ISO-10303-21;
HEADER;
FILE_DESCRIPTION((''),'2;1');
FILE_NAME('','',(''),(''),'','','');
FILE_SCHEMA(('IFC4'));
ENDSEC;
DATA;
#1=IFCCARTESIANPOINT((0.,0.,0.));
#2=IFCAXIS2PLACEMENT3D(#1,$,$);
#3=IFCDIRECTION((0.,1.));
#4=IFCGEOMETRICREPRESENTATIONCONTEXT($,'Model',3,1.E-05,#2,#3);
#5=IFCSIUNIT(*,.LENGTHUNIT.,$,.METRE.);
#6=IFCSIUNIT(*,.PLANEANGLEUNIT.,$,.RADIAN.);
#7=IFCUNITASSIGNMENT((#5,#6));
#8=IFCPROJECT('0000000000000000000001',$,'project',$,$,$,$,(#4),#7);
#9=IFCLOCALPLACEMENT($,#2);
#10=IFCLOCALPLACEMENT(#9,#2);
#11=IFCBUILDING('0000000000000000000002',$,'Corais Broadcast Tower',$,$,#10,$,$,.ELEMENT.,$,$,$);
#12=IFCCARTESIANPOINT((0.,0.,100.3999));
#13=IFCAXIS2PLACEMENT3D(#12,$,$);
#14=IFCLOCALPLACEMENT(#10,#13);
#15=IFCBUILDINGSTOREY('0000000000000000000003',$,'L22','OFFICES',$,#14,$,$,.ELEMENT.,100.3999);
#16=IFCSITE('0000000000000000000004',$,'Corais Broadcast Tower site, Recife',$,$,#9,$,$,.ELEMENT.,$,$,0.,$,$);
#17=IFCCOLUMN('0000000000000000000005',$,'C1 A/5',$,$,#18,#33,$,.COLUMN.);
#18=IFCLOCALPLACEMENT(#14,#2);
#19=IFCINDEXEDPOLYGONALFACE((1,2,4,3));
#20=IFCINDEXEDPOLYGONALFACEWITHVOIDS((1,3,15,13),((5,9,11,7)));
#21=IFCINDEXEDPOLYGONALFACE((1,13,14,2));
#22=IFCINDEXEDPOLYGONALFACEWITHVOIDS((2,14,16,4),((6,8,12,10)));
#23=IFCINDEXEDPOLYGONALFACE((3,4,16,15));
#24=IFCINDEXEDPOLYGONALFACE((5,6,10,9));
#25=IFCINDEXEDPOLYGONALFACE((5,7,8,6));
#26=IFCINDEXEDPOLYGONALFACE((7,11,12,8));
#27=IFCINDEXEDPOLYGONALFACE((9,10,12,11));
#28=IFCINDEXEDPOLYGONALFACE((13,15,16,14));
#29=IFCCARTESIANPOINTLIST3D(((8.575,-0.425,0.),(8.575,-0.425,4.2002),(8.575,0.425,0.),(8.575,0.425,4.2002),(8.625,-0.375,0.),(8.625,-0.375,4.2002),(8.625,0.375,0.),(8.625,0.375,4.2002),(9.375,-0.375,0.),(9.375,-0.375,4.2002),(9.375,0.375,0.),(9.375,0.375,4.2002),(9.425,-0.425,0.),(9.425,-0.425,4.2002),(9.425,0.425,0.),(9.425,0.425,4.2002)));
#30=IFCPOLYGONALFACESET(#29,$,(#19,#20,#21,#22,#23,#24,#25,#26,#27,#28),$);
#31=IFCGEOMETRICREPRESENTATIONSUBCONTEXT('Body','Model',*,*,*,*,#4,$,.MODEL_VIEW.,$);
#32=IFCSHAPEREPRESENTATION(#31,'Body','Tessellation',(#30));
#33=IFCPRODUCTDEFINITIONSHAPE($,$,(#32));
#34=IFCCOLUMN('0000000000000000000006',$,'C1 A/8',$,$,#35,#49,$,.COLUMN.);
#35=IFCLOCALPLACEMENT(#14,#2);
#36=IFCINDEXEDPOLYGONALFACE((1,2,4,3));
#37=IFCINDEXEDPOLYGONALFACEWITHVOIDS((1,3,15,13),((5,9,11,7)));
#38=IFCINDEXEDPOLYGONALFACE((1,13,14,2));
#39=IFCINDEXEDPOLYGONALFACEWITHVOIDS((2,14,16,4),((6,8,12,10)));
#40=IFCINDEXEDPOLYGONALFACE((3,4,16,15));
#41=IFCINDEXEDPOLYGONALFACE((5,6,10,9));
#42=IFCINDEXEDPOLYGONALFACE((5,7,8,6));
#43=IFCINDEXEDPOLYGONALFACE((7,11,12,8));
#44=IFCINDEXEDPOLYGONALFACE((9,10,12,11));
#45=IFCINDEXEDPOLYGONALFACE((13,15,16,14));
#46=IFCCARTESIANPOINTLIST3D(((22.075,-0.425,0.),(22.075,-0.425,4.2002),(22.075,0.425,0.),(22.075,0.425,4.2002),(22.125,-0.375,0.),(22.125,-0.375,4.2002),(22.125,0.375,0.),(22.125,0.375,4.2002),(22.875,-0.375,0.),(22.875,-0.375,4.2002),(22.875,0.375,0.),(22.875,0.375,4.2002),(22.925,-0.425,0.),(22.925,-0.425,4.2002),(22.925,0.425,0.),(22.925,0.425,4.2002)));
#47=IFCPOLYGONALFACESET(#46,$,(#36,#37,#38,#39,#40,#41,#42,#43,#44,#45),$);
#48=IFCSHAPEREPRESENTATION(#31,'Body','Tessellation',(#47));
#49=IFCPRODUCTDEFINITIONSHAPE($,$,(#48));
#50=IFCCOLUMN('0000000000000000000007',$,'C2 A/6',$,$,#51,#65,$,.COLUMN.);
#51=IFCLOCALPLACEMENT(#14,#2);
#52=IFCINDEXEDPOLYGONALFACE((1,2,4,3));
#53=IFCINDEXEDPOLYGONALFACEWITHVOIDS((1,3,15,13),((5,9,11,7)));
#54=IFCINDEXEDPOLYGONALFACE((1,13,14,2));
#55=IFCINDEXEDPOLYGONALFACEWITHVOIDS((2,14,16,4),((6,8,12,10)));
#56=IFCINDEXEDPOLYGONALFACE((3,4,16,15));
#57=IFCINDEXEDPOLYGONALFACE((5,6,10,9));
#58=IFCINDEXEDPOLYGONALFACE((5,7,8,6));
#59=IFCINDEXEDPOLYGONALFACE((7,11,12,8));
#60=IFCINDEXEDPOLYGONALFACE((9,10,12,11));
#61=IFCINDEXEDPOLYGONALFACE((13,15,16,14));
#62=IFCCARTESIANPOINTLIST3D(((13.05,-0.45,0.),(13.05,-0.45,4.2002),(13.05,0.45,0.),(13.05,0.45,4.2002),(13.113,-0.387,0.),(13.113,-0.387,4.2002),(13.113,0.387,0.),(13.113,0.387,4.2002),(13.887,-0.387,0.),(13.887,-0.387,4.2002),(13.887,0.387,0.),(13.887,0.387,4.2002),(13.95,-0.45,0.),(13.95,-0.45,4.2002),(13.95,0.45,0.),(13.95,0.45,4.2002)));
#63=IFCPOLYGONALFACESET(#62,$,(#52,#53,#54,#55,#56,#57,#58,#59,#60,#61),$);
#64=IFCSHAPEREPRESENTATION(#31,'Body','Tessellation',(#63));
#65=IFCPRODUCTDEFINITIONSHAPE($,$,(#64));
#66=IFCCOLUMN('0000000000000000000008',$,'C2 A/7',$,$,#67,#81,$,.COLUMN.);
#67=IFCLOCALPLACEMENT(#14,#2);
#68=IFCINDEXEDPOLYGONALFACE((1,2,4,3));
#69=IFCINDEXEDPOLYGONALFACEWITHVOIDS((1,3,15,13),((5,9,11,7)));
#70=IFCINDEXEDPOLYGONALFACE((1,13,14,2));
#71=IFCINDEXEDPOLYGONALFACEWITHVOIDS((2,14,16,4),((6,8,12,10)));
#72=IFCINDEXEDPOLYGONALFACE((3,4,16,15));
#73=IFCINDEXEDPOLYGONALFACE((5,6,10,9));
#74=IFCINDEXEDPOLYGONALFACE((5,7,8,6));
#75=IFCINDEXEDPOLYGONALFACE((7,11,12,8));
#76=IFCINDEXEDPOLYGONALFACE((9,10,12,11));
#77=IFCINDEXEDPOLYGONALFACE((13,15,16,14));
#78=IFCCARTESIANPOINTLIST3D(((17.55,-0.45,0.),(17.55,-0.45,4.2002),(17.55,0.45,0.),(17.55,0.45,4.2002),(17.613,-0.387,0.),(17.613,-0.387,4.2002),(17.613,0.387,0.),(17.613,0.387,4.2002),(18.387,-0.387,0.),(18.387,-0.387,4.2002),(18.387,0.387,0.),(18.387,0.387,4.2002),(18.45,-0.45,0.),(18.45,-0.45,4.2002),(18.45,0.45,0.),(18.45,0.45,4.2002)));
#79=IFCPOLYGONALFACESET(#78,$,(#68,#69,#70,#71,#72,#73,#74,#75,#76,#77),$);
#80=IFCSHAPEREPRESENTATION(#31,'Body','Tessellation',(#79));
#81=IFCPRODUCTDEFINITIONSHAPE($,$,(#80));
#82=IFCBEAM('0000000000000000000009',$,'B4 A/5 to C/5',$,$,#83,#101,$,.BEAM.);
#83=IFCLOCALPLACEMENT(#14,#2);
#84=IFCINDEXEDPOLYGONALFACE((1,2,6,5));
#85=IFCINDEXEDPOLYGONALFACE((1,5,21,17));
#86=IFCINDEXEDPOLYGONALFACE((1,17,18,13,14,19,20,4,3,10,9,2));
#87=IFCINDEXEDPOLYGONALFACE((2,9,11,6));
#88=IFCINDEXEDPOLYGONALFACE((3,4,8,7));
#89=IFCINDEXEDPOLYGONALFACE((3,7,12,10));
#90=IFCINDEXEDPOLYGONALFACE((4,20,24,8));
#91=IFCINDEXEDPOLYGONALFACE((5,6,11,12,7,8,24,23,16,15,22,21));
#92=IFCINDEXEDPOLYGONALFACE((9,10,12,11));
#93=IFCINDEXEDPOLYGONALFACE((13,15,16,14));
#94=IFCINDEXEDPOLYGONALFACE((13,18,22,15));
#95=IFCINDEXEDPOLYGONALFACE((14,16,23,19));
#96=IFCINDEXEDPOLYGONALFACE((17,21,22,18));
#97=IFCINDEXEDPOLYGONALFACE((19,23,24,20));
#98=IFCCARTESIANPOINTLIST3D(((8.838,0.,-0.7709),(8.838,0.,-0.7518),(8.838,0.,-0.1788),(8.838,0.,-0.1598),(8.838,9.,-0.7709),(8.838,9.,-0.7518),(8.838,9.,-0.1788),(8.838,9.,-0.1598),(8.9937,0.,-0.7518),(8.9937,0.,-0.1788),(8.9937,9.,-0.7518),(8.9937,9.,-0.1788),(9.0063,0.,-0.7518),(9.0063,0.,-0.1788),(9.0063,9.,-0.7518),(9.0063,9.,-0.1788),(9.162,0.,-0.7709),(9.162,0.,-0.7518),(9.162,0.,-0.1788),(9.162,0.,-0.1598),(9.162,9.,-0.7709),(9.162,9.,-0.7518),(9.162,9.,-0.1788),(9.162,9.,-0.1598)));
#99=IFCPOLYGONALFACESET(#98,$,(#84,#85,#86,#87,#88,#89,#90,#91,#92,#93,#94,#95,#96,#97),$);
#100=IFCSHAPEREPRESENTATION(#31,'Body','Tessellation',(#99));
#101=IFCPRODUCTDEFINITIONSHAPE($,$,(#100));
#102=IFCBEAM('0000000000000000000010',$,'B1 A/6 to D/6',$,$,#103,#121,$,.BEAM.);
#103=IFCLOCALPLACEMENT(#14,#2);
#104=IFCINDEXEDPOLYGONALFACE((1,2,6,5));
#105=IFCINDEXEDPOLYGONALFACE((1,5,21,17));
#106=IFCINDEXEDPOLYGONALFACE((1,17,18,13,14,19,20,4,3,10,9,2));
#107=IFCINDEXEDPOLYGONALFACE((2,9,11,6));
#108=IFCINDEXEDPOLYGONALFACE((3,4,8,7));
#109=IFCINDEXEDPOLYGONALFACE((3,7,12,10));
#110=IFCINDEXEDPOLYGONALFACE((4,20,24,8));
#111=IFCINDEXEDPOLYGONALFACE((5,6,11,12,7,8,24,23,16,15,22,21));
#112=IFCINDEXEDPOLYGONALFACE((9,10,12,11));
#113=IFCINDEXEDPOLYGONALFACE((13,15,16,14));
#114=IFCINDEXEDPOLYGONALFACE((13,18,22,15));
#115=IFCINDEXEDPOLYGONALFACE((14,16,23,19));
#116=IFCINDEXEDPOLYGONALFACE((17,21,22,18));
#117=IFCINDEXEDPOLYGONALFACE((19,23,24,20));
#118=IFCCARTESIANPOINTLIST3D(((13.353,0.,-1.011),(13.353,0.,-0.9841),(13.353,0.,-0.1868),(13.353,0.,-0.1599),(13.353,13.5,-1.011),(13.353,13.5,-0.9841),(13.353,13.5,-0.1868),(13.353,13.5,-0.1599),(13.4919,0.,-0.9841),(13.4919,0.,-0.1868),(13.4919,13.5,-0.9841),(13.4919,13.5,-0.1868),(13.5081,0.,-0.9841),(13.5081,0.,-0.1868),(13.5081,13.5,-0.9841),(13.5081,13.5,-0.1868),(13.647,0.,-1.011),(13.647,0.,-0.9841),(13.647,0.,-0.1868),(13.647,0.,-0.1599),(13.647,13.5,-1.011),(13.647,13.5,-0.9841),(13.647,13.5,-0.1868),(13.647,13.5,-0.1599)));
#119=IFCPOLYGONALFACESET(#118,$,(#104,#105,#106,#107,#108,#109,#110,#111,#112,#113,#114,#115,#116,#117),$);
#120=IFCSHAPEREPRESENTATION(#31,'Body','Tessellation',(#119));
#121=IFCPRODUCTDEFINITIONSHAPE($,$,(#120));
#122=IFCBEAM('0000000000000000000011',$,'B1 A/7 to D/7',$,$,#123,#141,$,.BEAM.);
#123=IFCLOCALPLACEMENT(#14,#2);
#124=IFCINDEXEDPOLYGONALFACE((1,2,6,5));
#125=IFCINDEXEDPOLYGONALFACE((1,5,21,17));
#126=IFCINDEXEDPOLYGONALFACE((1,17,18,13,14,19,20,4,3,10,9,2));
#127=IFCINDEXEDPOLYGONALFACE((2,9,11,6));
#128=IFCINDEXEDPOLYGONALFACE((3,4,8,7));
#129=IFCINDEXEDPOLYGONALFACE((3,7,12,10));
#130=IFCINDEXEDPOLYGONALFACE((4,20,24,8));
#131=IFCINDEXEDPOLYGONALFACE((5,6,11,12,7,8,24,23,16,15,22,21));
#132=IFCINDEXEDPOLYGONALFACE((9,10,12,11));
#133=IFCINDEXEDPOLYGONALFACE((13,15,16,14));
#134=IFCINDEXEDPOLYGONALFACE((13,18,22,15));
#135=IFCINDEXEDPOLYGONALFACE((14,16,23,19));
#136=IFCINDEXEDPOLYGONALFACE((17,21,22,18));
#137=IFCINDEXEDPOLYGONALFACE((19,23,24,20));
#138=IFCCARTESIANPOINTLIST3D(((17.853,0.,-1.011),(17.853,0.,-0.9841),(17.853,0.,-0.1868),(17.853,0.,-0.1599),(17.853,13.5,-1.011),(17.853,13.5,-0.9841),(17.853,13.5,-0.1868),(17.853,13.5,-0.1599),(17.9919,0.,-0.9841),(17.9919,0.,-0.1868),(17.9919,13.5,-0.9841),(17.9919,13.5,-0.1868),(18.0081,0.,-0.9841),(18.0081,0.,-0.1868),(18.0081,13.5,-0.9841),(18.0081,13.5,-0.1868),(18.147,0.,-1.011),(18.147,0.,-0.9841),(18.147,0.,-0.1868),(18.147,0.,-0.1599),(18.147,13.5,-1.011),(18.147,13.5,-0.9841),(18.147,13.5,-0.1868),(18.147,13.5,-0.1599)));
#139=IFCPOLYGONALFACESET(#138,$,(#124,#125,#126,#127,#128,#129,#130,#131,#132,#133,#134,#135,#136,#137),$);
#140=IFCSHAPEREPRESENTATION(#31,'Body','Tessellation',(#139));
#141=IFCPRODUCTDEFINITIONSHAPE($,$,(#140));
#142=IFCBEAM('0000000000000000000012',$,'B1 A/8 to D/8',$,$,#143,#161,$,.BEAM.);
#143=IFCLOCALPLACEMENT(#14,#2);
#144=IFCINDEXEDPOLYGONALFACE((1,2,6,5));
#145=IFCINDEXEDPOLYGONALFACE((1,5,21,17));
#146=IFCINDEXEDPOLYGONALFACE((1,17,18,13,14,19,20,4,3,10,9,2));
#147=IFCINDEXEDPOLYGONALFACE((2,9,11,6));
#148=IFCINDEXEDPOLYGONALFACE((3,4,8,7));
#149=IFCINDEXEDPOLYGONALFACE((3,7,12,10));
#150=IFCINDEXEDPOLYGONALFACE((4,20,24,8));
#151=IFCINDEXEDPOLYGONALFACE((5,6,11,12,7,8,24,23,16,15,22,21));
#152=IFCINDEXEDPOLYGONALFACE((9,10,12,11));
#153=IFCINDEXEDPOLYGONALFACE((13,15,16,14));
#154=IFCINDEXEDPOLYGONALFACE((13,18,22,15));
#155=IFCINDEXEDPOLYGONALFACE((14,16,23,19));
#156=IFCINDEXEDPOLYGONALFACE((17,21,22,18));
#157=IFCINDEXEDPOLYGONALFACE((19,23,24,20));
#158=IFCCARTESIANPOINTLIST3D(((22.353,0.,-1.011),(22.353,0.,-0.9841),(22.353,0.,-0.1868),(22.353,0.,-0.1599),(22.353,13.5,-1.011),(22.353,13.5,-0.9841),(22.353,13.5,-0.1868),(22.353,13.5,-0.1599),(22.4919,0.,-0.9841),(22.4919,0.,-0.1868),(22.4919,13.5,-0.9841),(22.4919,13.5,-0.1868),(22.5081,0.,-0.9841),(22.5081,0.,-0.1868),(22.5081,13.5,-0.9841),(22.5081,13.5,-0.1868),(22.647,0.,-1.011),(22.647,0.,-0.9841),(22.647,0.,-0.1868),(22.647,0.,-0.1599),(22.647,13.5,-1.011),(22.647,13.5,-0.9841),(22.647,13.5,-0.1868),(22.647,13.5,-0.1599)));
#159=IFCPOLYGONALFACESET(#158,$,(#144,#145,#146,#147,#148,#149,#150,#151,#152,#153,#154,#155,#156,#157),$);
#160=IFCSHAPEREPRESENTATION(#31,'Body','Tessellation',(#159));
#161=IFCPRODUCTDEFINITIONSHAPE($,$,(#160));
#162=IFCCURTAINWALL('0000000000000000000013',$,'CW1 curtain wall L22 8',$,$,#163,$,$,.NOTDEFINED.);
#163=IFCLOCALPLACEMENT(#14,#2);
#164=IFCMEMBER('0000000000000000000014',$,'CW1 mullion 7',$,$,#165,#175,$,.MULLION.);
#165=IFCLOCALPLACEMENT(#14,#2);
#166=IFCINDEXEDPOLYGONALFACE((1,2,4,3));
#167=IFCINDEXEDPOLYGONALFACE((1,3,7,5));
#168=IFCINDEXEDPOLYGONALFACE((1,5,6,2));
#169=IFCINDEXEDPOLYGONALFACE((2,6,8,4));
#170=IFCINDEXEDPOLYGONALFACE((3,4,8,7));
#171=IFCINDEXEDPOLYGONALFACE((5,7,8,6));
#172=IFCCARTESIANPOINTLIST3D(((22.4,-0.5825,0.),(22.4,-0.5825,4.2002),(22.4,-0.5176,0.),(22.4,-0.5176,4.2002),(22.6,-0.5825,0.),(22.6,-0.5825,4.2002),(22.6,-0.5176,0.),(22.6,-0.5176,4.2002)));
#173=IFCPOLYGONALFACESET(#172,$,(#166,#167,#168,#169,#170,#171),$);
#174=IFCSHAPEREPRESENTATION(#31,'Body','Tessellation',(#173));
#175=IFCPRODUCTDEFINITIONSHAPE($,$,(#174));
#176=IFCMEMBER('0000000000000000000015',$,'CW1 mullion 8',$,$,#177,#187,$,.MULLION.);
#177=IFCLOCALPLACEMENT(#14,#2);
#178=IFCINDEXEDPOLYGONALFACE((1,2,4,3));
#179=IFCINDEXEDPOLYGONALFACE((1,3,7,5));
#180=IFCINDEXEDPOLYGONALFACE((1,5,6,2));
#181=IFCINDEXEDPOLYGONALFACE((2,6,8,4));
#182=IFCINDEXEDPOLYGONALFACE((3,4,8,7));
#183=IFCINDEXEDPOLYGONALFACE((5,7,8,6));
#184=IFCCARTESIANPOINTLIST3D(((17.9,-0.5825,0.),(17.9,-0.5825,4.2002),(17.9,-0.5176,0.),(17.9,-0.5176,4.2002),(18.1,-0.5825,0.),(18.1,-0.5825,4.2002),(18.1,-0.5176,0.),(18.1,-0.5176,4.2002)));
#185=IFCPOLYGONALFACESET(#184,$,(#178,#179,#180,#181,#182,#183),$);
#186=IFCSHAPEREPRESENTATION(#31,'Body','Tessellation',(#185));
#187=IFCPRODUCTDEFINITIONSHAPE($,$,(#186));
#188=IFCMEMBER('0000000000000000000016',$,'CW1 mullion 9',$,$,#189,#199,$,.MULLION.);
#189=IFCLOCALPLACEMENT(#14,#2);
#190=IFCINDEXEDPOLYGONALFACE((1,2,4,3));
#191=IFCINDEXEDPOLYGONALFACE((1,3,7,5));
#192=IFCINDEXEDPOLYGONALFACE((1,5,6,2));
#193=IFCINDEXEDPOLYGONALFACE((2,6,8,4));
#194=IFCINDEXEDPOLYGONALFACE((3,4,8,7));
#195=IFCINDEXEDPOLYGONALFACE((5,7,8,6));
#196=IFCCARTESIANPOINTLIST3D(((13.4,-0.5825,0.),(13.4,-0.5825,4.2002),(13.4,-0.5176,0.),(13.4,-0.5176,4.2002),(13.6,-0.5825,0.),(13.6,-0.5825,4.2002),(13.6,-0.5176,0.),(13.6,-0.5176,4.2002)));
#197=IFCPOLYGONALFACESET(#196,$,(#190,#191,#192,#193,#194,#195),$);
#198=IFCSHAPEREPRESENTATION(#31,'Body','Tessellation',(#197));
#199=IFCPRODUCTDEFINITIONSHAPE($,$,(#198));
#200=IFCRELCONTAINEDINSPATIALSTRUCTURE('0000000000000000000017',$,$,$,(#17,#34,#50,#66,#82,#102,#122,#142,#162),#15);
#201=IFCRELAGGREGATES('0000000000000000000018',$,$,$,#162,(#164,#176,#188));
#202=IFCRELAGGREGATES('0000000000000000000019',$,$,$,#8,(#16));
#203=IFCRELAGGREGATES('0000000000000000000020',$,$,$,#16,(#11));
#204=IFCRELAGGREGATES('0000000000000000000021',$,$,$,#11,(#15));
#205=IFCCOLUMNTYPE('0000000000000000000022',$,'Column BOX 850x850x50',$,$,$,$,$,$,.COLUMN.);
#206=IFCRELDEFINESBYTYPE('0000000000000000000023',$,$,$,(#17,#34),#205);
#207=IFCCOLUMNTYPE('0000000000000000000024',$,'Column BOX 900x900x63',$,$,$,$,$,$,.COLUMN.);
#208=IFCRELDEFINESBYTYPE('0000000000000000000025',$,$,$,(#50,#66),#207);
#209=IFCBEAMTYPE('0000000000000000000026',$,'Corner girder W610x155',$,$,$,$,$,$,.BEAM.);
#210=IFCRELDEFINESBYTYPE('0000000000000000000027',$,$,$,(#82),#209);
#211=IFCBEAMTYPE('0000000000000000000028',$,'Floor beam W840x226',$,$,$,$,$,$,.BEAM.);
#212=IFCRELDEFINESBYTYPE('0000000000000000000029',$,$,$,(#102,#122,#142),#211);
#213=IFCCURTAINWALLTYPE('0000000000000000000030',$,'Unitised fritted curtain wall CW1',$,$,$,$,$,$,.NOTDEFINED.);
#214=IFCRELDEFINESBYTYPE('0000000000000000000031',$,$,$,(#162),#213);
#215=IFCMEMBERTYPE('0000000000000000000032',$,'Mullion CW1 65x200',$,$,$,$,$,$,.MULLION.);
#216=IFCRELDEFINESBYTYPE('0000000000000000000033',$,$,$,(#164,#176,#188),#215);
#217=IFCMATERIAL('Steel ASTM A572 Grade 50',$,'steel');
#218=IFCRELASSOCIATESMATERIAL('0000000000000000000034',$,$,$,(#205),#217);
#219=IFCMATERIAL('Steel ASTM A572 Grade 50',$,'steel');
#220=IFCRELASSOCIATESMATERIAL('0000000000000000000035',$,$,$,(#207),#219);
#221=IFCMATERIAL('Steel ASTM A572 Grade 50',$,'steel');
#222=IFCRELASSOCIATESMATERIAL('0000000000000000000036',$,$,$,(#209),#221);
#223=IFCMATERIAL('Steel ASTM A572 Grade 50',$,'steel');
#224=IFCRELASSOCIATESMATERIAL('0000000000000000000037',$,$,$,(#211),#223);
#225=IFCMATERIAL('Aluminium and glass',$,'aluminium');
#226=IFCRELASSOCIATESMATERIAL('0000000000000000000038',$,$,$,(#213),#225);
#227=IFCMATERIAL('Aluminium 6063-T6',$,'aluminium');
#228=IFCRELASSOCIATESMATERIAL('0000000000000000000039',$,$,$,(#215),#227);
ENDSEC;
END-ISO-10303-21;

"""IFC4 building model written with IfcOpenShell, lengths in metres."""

from ifc_helpers import new_model, si_unit, direction, frame, origin, origin_2d, place, context, subcontext, project, spatial, rectangle, hollow_rectangle, i_section, extrude, material, material_profile, profile_set, type_object, element, aggregate, save


model = new_model("IFC4")

# Units and contexts
model_context = context("Model", 3, precision=1e-05, world=origin(), true_north=direction((0.0, 1.0)))
body_context = subcontext(model_context, "Body", "Model", "MODEL_VIEW")
ifc_project = project(units=[si_unit("LENGTHUNIT", "METRE"), si_unit("PLANEANGLEUNIT", "RADIAN")], contexts=[model_context])

# Site, building, storey
site_placement = place(None, origin())
site = spatial("IfcSite", under=ifc_project, at=site_placement, Name="Corais Broadcast Tower site, Recife", CompositionType="ELEMENT", RefElevation=0.0)
building_placement = place(site_placement, origin())
building = spatial("IfcBuilding", under=site, at=building_placement, Name="Corais Broadcast Tower", CompositionType="ELEMENT")
storey_placement = place(building_placement, frame((0.0, 0.0, 100.3999)))
storey = spatial("IfcBuildingStorey", under=building, at=storey_placement, Name="L22", Description="OFFICES", CompositionType="ELEMENT", Elevation=100.3999)

# Columns
ifc_material_1 = material(Name="Steel ASTM A572 Grade 50", Category="steel")
ifc_material_profile_1 = material_profile(ifc_material_1, hollow_rectangle(XDim=0.8501, YDim=0.8501, WallThickness=0.05, at=origin_2d()), Name="BOX 850x850x50")
ifc_profile_set_1 = profile_set([ifc_material_profile_1], Name="Steel ASTM A572 Grade 50")
column_type_1 = type_object("IfcColumnType", Name="Column BOX 850x850x50", PredefinedType="COLUMN", material=ifc_profile_set_1)
for number, where, z_axis, x_axis, name in (
    (1, (9.0, 0.0, 0.0), (0.0, 0.0, 1.0), (1.0, 0.0, 0.0), "C1 A/5"),
    (2, (22.5, 0.0, 0.0), (0.0, 0.0, 1.0), (1.0, 0.0, 0.0), "C1 A/8"),
):
    element("IfcColumn", number, at=place(storey_placement, frame(where, z_axis=z_axis, x_axis=x_axis)), inside=storey, type_object=column_type_1, Name=name, PredefinedType="COLUMN", context=body_context, shape_type="SweptSolid", body=[
        extrude(hollow_rectangle(XDim=0.8501, YDim=0.8501, WallThickness=0.05, at=origin_2d()), origin(), (0.0, 0.0, 1.0), 4.2002),
    ])
ifc_material_2 = material(Name="Steel ASTM A572 Grade 50", Category="steel")
ifc_material_profile_2 = material_profile(ifc_material_2, hollow_rectangle(XDim=0.8999, YDim=0.8999, WallThickness=0.063, at=origin_2d()), Name="BOX 900x900x63")
ifc_profile_set_2 = profile_set([ifc_material_profile_2], Name="Steel ASTM A572 Grade 50")
column_type_2 = type_object("IfcColumnType", Name="Column BOX 900x900x63", PredefinedType="COLUMN", material=ifc_profile_set_2)
for number, where, z_axis, x_axis, name in (
    (3, (13.5, 0.0, 0.0), (0.0, 0.0, 1.0), (1.0, 0.0, 0.0), "C2 A/6"),
    (4, (18.0, 0.0, 0.0), (0.0, 0.0, 1.0), (1.0, 0.0, 0.0), "C2 A/7"),
):
    element("IfcColumn", number, at=place(storey_placement, frame(where, z_axis=z_axis, x_axis=x_axis)), inside=storey, type_object=column_type_2, Name=name, PredefinedType="COLUMN", context=body_context, shape_type="SweptSolid", body=[
        extrude(hollow_rectangle(XDim=0.8999, YDim=0.8999, WallThickness=0.063, at=origin_2d()), origin(), (0.0, 0.0, 1.0), 4.2002),
    ])

# Beams
ifc_material_3 = material(Name="Steel ASTM A572 Grade 50", Category="steel")
ifc_material_profile_3 = material_profile(ifc_material_3, i_section(OverallWidth=0.324, OverallDepth=0.6111, WebThickness=0.0127, FlangeThickness=0.019, at=origin_2d()), Name="W610x155")
ifc_profile_set_3 = profile_set([ifc_material_profile_3], Name="Steel ASTM A572 Grade 50")
beam_type_1 = type_object("IfcBeamType", Name="Corner girder W610x155", PredefinedType="BEAM", material=ifc_profile_set_3)
beam_1_placement = place(storey_placement, frame((9.0, 0.0, -0.4653), z_axis=(0.0, 1.0, 0.0), x_axis=(-1.0, 0.0, 0.0)))
element("IfcBeam", 5, at=beam_1_placement, inside=storey, type_object=beam_type_1, Name="B4 A/5 to C/5", PredefinedType="BEAM", context=body_context, shape_type="SweptSolid", body=[
    extrude(i_section(OverallWidth=0.324, OverallDepth=0.6111, WebThickness=0.0127, FlangeThickness=0.019, at=origin_2d()), origin(), (0.0, 0.0, 1.0), 9.0),
])
ifc_material_4 = material(Name="Steel ASTM A572 Grade 50", Category="steel")
ifc_material_profile_4 = material_profile(ifc_material_4, i_section(OverallWidth=0.2939, OverallDepth=0.8511, WebThickness=0.0161, FlangeThickness=0.0269, at=origin_2d()), Name="W840x226")
ifc_profile_set_4 = profile_set([ifc_material_profile_4], Name="Steel ASTM A572 Grade 50")
beam_type_2 = type_object("IfcBeamType", Name="Floor beam W840x226", PredefinedType="BEAM", material=ifc_profile_set_4)
for number, where, z_axis, x_axis, name in (
    (6, (13.5, 0.0, -0.5854), (0.0, 1.0, 0.0), (-1.0, 0.0, 0.0), "B1 A/6 to D/6"),
    (7, (18.0, 0.0, -0.5854), (0.0, 1.0, 0.0), (-1.0, 0.0, 0.0), "B1 A/7 to D/7"),
    (8, (22.5, 0.0, -0.5854), (0.0, 1.0, 0.0), (-1.0, 0.0, 0.0), "B1 A/8 to D/8"),
):
    element("IfcBeam", number, at=place(storey_placement, frame(where, z_axis=z_axis, x_axis=x_axis)), inside=storey, type_object=beam_type_2, Name=name, PredefinedType="BEAM", context=body_context, shape_type="SweptSolid", body=[
        extrude(i_section(OverallWidth=0.2939, OverallDepth=0.8511, WebThickness=0.0161, FlangeThickness=0.0269, at=origin_2d()), origin(), (0.0, 0.0, 1.0), 13.5),
    ])

# Curtain wall, members
ifc_material_5 = material(Name="Aluminium and glass", Category="aluminium")
curtain_wall_type = type_object("IfcCurtainWallType", Name="Unitised fritted curtain wall CW1", PredefinedType="NOTDEFINED", material=ifc_material_5)
curtain_wall_placement = place(storey_placement, origin())
curtain_wall = element("IfcCurtainWall", 9, at=curtain_wall_placement, inside=storey, type_object=curtain_wall_type, Name="CW1 curtain wall L22 8", PredefinedType="NOTDEFINED")
ifc_material_6 = material(Name="Aluminium 6063-T6", Category="aluminium")
ifc_material_profile_5 = material_profile(ifc_material_6, rectangle(XDim=0.0649, YDim=0.2, at=origin_2d()), Name="Mullion CW1 65x200")
ifc_profile_set_5 = profile_set([ifc_material_profile_5], Name="Aluminium 6063-T6")
member_type_1 = type_object("IfcMemberType", Name="Mullion CW1 65x200", PredefinedType="MULLION", material=ifc_profile_set_5)
member_1_placement = place(storey_placement, frame((22.5, -0.55, 0.0), z_axis=(0.0, 0.0, 1.0), x_axis=(0.0, -1.0, 0.0)))
member_1 = element("IfcMember", 10, at=member_1_placement, type_object=member_type_1, Name="CW1 mullion 7", PredefinedType="MULLION", context=body_context, shape_type="SweptSolid", body=[
    extrude(rectangle(XDim=0.0649, YDim=0.2, at=origin_2d()), origin(), (0.0, 0.0, 1.0), 4.2002),
])
member_2_placement = place(storey_placement, frame((18.0, -0.55, 0.0), z_axis=(0.0, 0.0, 1.0), x_axis=(0.0, -1.0, 0.0)))
member_2 = element("IfcMember", 11, at=member_2_placement, type_object=member_type_1, Name="CW1 mullion 8", PredefinedType="MULLION", context=body_context, shape_type="SweptSolid", body=[
    extrude(rectangle(XDim=0.0649, YDim=0.2, at=origin_2d()), origin(), (0.0, 0.0, 1.0), 4.2002),
])
member_3_placement = place(storey_placement, frame((13.5, -0.55, 0.0), z_axis=(0.0, 0.0, 1.0), x_axis=(0.0, -1.0, 0.0)))
member_3 = element("IfcMember", 12, at=member_3_placement, type_object=member_type_1, Name="CW1 mullion 9", PredefinedType="MULLION", context=body_context, shape_type="SweptSolid", body=[
    extrude(rectangle(XDim=0.0649, YDim=0.2, at=origin_2d()), origin(), (0.0, 0.0, 1.0), 4.2002),
])

aggregate(curtain_wall, [member_1, member_2, member_3])

save(model, "model.ifc")
